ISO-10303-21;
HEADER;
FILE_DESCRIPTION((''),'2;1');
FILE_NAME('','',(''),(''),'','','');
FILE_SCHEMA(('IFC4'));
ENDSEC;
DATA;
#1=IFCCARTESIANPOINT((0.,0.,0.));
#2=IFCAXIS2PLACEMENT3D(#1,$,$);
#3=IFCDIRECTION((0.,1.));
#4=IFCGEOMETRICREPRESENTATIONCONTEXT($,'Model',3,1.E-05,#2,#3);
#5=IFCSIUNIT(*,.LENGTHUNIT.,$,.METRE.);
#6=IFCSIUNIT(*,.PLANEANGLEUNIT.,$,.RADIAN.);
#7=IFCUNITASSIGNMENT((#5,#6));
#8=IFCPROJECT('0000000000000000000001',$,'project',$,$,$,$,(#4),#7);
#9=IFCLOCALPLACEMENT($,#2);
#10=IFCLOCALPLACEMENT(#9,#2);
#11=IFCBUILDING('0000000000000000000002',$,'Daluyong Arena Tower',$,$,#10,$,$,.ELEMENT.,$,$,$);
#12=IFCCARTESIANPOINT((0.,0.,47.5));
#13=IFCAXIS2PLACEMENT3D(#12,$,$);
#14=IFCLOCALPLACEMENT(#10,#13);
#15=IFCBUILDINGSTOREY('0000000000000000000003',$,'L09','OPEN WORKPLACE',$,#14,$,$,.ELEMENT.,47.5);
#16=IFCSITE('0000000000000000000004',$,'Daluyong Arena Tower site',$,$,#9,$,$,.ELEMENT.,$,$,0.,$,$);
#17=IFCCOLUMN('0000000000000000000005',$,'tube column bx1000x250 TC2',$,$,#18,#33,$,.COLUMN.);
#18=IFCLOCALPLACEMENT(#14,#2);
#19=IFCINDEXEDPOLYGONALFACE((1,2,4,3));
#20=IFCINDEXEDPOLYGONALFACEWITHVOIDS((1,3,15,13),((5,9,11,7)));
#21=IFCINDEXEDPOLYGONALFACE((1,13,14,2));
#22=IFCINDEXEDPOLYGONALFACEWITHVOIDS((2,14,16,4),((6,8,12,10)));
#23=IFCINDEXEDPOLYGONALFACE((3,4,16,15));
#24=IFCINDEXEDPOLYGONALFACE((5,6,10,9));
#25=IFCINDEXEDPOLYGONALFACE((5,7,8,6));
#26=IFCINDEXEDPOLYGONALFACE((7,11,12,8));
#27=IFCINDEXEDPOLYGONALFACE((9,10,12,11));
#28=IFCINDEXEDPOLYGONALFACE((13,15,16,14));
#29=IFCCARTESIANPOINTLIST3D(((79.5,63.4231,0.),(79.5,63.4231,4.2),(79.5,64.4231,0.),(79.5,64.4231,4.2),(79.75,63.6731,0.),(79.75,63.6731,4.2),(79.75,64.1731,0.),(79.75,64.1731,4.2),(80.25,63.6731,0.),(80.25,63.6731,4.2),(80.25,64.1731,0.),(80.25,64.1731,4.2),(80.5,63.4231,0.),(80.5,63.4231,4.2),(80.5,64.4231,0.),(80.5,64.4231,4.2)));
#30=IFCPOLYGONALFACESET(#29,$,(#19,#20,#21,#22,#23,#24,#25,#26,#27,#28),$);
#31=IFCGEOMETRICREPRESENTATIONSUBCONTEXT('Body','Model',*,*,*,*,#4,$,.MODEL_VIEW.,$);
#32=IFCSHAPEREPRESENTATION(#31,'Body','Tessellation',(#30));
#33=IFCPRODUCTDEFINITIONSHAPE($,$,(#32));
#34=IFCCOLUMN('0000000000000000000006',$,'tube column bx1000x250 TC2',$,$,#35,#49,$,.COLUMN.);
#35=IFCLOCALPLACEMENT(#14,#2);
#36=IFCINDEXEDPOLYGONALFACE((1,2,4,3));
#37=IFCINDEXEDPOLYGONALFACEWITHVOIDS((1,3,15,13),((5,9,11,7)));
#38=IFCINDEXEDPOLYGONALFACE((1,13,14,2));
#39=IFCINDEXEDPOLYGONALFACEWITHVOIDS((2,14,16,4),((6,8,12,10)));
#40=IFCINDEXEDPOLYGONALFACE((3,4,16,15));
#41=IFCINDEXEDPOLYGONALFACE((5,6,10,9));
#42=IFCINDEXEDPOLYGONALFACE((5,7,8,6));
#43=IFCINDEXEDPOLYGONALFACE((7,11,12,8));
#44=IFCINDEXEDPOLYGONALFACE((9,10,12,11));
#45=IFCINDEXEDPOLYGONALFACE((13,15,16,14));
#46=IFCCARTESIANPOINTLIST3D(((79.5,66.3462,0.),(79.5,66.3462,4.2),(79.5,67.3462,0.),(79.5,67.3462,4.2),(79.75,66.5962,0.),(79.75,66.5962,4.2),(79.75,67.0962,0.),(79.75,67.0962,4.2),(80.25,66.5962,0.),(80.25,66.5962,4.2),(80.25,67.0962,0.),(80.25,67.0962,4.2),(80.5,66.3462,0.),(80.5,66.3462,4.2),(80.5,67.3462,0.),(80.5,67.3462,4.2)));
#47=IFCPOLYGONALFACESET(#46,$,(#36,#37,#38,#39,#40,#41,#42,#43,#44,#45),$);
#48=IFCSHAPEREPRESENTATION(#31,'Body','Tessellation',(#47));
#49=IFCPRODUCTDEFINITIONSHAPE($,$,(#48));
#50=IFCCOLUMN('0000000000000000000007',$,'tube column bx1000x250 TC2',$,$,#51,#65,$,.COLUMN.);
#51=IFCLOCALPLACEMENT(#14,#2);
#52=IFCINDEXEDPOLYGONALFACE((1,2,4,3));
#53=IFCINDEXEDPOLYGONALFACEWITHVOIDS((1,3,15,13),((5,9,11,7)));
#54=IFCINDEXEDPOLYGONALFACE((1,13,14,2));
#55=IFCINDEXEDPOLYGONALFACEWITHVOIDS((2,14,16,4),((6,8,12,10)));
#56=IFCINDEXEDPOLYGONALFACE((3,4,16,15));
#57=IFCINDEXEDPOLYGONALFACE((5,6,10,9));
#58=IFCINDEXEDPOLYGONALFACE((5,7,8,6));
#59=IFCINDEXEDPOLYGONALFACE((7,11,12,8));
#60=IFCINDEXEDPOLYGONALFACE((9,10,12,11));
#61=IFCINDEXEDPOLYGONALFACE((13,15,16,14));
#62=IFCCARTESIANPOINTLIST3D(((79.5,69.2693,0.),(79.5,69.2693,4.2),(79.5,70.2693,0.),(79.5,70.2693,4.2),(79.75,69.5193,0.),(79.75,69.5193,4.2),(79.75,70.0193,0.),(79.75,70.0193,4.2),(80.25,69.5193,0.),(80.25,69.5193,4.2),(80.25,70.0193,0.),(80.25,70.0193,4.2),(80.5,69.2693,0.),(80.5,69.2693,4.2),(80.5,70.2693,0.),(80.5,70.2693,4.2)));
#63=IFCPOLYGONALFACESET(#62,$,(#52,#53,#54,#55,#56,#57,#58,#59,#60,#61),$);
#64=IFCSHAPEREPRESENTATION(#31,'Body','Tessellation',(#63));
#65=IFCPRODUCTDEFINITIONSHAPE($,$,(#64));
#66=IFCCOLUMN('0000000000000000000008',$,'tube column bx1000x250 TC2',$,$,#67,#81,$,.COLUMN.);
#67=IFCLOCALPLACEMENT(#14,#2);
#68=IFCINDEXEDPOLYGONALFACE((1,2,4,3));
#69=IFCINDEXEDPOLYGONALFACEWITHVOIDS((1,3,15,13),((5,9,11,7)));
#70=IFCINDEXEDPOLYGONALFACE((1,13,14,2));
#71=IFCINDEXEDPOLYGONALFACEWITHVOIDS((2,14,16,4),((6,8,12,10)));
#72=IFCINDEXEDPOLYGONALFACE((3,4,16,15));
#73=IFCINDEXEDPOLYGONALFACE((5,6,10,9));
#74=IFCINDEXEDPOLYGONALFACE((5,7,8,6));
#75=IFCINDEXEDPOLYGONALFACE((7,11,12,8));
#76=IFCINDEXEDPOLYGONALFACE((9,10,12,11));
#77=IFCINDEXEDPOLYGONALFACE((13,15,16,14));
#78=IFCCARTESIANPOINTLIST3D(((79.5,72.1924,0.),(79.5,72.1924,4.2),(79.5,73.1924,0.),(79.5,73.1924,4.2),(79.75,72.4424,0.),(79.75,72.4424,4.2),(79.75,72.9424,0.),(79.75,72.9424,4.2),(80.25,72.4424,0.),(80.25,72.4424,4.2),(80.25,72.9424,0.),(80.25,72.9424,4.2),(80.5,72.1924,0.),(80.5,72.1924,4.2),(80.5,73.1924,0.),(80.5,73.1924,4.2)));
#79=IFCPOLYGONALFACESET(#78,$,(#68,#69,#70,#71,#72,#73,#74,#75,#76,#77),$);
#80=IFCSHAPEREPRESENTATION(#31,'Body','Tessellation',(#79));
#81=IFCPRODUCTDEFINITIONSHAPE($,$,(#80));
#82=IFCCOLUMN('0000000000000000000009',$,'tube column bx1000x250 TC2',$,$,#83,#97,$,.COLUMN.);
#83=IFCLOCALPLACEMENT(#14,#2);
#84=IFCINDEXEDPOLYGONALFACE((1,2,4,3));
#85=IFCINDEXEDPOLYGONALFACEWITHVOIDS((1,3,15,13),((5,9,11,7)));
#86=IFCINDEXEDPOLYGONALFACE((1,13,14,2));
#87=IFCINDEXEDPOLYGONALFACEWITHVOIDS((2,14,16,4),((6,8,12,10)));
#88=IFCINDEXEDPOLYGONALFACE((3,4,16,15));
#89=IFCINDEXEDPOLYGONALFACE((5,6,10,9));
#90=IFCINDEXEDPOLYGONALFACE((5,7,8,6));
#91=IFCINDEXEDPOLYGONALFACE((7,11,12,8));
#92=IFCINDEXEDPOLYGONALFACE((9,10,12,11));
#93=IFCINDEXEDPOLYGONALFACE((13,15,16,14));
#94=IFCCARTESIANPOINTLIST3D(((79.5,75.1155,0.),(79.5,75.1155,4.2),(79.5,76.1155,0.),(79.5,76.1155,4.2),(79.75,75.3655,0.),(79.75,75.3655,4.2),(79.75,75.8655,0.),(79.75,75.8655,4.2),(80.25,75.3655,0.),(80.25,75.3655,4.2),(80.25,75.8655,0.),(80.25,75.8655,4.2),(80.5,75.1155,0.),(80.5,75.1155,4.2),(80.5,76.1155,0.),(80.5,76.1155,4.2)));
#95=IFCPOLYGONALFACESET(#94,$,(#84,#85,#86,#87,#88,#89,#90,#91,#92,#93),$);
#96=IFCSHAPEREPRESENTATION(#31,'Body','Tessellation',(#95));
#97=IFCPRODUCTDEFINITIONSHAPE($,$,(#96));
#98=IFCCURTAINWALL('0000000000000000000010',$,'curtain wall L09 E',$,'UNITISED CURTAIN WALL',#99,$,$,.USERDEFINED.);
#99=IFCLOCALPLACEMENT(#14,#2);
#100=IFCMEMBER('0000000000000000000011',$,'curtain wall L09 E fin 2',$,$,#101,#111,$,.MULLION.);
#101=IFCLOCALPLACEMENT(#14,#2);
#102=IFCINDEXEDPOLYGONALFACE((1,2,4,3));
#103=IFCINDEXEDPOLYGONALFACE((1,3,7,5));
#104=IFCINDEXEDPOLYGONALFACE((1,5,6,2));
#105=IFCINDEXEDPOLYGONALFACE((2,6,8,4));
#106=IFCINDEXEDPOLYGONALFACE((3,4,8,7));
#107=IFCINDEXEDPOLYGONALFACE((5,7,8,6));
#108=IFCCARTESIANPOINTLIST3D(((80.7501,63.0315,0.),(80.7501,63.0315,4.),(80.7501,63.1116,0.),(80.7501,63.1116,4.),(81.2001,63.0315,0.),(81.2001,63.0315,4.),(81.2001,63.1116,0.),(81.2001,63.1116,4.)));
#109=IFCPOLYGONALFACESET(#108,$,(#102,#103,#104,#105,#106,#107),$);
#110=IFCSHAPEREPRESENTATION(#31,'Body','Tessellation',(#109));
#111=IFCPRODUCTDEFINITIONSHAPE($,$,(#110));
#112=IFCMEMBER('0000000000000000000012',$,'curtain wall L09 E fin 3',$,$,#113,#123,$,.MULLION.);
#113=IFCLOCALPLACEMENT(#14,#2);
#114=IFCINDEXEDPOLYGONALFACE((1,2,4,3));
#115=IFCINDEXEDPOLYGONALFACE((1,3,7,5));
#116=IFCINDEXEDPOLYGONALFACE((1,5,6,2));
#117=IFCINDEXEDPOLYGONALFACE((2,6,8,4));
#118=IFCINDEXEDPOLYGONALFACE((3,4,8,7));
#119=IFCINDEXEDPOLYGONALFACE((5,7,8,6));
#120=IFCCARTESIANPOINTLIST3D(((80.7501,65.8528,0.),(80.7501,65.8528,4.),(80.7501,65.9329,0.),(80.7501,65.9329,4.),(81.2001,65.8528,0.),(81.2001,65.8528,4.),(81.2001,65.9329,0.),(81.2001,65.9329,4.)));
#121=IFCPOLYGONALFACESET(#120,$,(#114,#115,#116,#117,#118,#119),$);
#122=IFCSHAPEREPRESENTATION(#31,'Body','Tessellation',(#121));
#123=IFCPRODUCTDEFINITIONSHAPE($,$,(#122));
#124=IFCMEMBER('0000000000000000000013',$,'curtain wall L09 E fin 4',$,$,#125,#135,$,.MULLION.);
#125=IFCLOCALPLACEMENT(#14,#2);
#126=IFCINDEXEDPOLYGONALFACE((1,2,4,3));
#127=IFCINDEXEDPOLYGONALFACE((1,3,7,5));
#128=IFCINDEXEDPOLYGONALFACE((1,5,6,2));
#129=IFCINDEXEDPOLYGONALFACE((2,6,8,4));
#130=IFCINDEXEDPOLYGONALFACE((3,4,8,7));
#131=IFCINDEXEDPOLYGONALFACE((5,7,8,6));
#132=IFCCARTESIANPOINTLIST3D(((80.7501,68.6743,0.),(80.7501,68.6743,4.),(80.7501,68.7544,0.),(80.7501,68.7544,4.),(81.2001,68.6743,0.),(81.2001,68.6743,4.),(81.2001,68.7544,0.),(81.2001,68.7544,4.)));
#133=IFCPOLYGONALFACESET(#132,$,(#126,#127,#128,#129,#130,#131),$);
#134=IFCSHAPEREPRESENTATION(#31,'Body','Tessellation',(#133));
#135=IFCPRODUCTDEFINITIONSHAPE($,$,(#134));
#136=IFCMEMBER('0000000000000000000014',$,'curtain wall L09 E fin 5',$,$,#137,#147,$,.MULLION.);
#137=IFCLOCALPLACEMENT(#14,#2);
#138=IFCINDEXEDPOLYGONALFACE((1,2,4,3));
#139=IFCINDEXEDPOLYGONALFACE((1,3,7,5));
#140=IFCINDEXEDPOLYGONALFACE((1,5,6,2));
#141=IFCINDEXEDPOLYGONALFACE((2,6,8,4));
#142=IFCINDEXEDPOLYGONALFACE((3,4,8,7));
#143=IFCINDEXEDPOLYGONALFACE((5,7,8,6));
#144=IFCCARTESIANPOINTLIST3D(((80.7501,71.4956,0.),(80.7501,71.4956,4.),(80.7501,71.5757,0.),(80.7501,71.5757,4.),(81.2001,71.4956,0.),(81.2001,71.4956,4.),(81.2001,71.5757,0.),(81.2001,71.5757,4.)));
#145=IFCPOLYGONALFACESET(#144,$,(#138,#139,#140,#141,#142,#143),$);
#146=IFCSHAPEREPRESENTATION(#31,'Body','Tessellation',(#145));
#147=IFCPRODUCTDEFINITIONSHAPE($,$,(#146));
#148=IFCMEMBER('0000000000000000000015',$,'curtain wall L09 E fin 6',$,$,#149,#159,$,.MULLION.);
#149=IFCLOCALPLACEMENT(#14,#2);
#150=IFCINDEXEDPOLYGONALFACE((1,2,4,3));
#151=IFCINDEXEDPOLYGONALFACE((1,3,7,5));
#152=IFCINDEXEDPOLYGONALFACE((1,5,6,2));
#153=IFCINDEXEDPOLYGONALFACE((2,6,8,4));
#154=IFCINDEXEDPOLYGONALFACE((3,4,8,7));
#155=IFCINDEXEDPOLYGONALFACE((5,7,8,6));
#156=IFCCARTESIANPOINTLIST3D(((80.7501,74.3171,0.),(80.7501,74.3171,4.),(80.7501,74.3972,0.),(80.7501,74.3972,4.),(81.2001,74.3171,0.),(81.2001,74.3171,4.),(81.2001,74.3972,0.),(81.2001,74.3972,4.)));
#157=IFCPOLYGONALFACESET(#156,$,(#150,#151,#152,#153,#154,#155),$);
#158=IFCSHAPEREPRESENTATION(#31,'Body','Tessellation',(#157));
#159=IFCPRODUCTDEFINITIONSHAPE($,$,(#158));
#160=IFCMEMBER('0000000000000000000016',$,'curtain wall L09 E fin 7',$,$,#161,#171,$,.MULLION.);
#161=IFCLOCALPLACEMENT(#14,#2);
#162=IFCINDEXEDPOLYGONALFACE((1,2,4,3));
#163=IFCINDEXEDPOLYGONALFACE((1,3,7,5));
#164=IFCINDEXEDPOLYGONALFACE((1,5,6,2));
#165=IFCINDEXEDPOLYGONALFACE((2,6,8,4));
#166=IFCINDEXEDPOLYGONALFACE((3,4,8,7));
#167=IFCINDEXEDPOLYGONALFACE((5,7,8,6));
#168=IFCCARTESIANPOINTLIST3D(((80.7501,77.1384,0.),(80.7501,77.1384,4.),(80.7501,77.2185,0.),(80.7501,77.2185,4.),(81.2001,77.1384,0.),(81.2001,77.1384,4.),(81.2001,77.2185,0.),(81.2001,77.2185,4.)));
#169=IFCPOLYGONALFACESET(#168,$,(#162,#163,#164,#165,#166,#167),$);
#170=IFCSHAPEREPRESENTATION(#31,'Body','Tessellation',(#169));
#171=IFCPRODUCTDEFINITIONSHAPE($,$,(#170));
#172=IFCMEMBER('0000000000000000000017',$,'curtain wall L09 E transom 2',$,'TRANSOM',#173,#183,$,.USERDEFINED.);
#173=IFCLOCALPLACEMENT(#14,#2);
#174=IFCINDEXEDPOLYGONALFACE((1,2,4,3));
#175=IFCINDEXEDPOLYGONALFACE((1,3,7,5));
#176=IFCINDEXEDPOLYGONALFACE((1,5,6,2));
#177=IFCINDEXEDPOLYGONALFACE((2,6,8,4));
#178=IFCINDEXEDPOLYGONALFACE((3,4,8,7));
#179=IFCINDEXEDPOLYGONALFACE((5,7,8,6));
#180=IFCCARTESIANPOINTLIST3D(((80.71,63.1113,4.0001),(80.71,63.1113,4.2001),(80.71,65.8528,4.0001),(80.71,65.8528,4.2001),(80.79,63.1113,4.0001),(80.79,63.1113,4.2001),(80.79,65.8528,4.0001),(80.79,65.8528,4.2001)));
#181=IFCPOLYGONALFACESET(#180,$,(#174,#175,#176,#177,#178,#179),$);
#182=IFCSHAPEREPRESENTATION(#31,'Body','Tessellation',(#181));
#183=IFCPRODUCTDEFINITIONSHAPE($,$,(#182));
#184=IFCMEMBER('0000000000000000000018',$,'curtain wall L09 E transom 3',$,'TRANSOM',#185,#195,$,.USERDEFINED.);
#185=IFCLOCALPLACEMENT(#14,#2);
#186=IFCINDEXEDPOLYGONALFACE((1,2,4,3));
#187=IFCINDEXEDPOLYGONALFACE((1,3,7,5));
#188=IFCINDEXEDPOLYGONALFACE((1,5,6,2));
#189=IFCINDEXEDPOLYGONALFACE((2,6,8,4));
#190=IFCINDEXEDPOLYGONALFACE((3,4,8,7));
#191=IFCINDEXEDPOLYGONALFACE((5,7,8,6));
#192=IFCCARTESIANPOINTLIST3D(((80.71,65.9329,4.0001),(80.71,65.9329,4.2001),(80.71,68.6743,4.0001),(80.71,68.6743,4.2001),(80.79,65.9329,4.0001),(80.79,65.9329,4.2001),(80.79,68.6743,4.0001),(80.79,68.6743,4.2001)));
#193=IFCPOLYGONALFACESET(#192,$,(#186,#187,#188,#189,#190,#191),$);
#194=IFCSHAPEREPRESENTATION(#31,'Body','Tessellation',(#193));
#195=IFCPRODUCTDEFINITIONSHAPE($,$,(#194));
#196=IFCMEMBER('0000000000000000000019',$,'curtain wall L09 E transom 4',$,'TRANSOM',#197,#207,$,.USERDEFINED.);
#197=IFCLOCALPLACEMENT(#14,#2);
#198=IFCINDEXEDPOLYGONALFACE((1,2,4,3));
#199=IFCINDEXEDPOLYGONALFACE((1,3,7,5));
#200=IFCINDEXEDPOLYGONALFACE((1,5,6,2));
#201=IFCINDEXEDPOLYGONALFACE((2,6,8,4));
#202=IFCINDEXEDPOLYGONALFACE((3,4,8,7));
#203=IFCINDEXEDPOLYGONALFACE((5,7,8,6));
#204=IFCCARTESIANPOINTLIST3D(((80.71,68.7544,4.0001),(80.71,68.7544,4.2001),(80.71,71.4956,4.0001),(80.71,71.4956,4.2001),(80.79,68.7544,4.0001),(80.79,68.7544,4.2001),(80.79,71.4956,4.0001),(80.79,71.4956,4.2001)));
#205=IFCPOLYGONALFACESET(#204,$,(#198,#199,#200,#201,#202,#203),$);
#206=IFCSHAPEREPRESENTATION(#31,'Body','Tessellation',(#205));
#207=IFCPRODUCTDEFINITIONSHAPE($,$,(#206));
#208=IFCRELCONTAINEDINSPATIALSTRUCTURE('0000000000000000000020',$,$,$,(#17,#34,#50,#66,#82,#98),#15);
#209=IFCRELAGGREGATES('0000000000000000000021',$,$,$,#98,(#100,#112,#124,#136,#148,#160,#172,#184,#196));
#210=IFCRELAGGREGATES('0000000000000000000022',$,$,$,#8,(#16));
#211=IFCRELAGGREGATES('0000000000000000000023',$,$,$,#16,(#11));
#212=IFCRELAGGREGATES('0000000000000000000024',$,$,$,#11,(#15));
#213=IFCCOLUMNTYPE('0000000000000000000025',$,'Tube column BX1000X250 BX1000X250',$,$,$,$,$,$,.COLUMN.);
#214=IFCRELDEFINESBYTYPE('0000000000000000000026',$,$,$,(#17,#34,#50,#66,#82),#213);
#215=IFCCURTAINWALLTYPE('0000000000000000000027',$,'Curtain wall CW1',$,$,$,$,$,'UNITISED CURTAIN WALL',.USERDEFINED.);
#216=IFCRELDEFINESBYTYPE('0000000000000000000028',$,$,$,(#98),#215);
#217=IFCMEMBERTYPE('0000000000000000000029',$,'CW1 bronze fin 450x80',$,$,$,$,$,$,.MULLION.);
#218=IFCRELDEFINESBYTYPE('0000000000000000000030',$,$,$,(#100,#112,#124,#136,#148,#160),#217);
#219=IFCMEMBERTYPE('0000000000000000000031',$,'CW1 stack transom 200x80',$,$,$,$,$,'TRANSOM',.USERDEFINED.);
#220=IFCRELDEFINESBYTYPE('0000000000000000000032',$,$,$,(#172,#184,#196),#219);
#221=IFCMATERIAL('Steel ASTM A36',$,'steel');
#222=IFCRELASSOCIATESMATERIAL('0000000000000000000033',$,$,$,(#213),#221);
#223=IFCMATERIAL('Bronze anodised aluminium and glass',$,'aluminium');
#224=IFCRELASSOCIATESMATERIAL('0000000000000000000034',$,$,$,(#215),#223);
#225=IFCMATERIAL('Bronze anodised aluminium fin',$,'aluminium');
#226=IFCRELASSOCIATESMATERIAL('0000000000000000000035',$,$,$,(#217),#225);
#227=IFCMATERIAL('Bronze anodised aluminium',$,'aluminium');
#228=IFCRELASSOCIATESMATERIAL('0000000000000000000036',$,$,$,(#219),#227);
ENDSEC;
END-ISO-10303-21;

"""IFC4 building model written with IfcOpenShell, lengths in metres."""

from ifc_helpers import new_model, si_unit, direction, frame, origin, origin_2d, place, context, subcontext, project, spatial, rectangle, hollow_rectangle, extrude, material, material_profile, profile_set, type_object, element, aggregate, save


model = new_model("IFC4")

# Units and contexts
model_context = context("Model", 3, precision=1e-05, world=origin(), true_north=direction((0.0, 1.0)))
body_context = subcontext(model_context, "Body", "Model", "MODEL_VIEW")
ifc_project = project(units=[si_unit("LENGTHUNIT", "METRE"), si_unit("PLANEANGLEUNIT", "RADIAN")], contexts=[model_context])

# Site, building, storey
site_placement = place(None, origin())
site = spatial("IfcSite", under=ifc_project, at=site_placement, Name="Daluyong Arena Tower site", CompositionType="ELEMENT", RefElevation=0.0)
building_placement = place(site_placement, origin())
building = spatial("IfcBuilding", under=site, at=building_placement, Name="Daluyong Arena Tower", CompositionType="ELEMENT")
storey_placement = place(building_placement, frame((0.0, 0.0, 47.5)))
storey = spatial("IfcBuildingStorey", under=building, at=storey_placement, Name="L09", Description="OPEN WORKPLACE", CompositionType="ELEMENT", Elevation=47.5)

# Columns
ifc_material_1 = material(Name="Steel ASTM A36", Category="steel")
ifc_material_profile_1 = material_profile(ifc_material_1, hollow_rectangle(XDim=1.0, YDim=1.0, WallThickness=0.25, at=origin_2d()))
ifc_profile_set_1 = profile_set([ifc_material_profile_1], Name="Steel ASTM A36")
column_type = type_object("IfcColumnType", Name="Tube column BX1000X250 BX1000X250", PredefinedType="COLUMN", material=ifc_profile_set_1)
for number, where, z_axis, x_axis, name in (
    (1, (80.0, 63.9231, 0.0), (0.0, 0.0, 1.0), (0.0, 1.0, 0.0), "tube column bx1000x250 TC2"),
    (2, (80.0, 66.8462, 0.0), (0.0, 0.0, 1.0), (0.0, 1.0, 0.0), "tube column bx1000x250 TC2"),
    (3, (80.0, 69.7693, 0.0), (0.0, 0.0, 1.0), (0.0, 1.0, 0.0), "tube column bx1000x250 TC2"),
    (4, (80.0, 72.6924, 0.0), (0.0, 0.0, 1.0), (0.0, 1.0, 0.0), "tube column bx1000x250 TC2"),
    (5, (80.0, 75.6155, 0.0), (0.0, 0.0, 1.0), (0.0, 1.0, 0.0), "tube column bx1000x250 TC2"),
):
    element("IfcColumn", number, at=place(storey_placement, frame(where, z_axis=z_axis, x_axis=x_axis)), inside=storey, type_object=column_type, Name=name, PredefinedType="COLUMN", context=body_context, shape_type="SweptSolid", body=[
        extrude(hollow_rectangle(XDim=1.0, YDim=1.0, WallThickness=0.25, at=origin_2d()), origin(), (0.0, 0.0, 1.0), 4.2),
    ])

# Curtain wall, members
ifc_material_2 = material(Name="Bronze anodised aluminium and glass", Category="aluminium")
curtain_wall_type = type_object("IfcCurtainWallType", Name="Curtain wall CW1", ElementType="UNITISED CURTAIN WALL", PredefinedType="USERDEFINED", material=ifc_material_2)
curtain_wall_placement = place(storey_placement, origin())
curtain_wall = element("IfcCurtainWall", 6, at=curtain_wall_placement, inside=storey, type_object=curtain_wall_type, Name="curtain wall L09 E", ObjectType="UNITISED CURTAIN WALL", PredefinedType="USERDEFINED")
ifc_material_3 = material(Name="Bronze anodised aluminium fin", Category="aluminium")
ifc_material_profile_2 = material_profile(ifc_material_3, rectangle(XDim=0.45, YDim=0.0801, at=origin_2d()))
ifc_profile_set_2 = profile_set([ifc_material_profile_2], Name="Bronze anodised aluminium fin")
member_type_1 = type_object("IfcMemberType", Name="CW1 bronze fin 450x80", PredefinedType="MULLION", material=ifc_profile_set_2)
member_1_placement = place(storey_placement, frame((80.9751, 63.0715, 0.0), z_axis=(0.0, 0.0, 1.0), x_axis=(-1.0, 0.0, 0.0)))
member_1 = element("IfcMember", 7, at=member_1_placement, type_object=member_type_1, Name="curtain wall L09 E fin 2", PredefinedType="MULLION", context=body_context, shape_type="SweptSolid", body=[
    extrude(rectangle(XDim=0.45, YDim=0.0801, at=origin_2d()), origin(), (0.0, 0.0, 1.0), 4.0),
])
member_2_placement = place(storey_placement, frame((80.9751, 65.8928, 0.0), z_axis=(0.0, 0.0, 1.0), x_axis=(-1.0, 0.0, 0.0)))
member_2 = element("IfcMember", 8, at=member_2_placement, type_object=member_type_1, Name="curtain wall L09 E fin 3", PredefinedType="MULLION", context=body_context, shape_type="SweptSolid", body=[
    extrude(rectangle(XDim=0.45, YDim=0.0801, at=origin_2d()), origin(), (0.0, 0.0, 1.0), 4.0),
])
member_3_placement = place(storey_placement, frame((80.9751, 68.7144, 0.0), z_axis=(0.0, 0.0, 1.0), x_axis=(-1.0, 0.0, 0.0)))
member_3 = element("IfcMember", 9, at=member_3_placement, type_object=member_type_1, Name="curtain wall L09 E fin 4", PredefinedType="MULLION", context=body_context, shape_type="SweptSolid", body=[
    extrude(rectangle(XDim=0.45, YDim=0.0801, at=origin_2d()), origin(), (0.0, 0.0, 1.0), 4.0),
])
member_4_placement = place(storey_placement, frame((80.9751, 71.5356, 0.0), z_axis=(0.0, 0.0, 1.0), x_axis=(-1.0, 0.0, 0.0)))
member_4 = element("IfcMember", 10, at=member_4_placement, type_object=member_type_1, Name="curtain wall L09 E fin 5", PredefinedType="MULLION", context=body_context, shape_type="SweptSolid", body=[
    extrude(rectangle(XDim=0.45, YDim=0.0801, at=origin_2d()), origin(), (0.0, 0.0, 1.0), 4.0),
])
member_5_placement = place(storey_placement, frame((80.9751, 74.3572, 0.0), z_axis=(0.0, 0.0, 1.0), x_axis=(-1.0, 0.0, 0.0)))
member_5 = element("IfcMember", 11, at=member_5_placement, type_object=member_type_1, Name="curtain wall L09 E fin 6", PredefinedType="MULLION", context=body_context, shape_type="SweptSolid", body=[
    extrude(rectangle(XDim=0.45, YDim=0.0801, at=origin_2d()), origin(), (0.0, 0.0, 1.0), 4.0),
])
member_6_placement = place(storey_placement, frame((80.9751, 77.1785, 0.0), z_axis=(0.0, 0.0, 1.0), x_axis=(-1.0, 0.0, 0.0)))
member_6 = element("IfcMember", 12, at=member_6_placement, type_object=member_type_1, Name="curtain wall L09 E fin 7", PredefinedType="MULLION", context=body_context, shape_type="SweptSolid", body=[
    extrude(rectangle(XDim=0.45, YDim=0.0801, at=origin_2d()), origin(), (0.0, 0.0, 1.0), 4.0),
])
ifc_material_4 = material(Name="Bronze anodised aluminium", Category="aluminium")
ifc_material_profile_3 = material_profile(ifc_material_4, rectangle(XDim=0.0801, YDim=0.2, at=origin_2d()))
ifc_profile_set_3 = profile_set([ifc_material_profile_3], Name="Bronze anodised aluminium")
member_type_2 = type_object("IfcMemberType", Name="CW1 stack transom 200x80", ElementType="TRANSOM", PredefinedType="USERDEFINED", material=ifc_profile_set_3)
member_7_placement = place(storey_placement, frame((80.75, 63.1113, 4.1001), z_axis=(0.0, 1.0, 0.0), x_axis=(-1.0, 0.0, 0.0)))
member_7 = element("IfcMember", 13, at=member_7_placement, type_object=member_type_2, Name="curtain wall L09 E transom 2", ObjectType="TRANSOM", PredefinedType="USERDEFINED", context=body_context, shape_type="SweptSolid", body=[
    extrude(rectangle(XDim=0.0801, YDim=0.2, at=origin_2d()), origin(), (0.0, 0.0, 1.0), 2.7415),
])
member_8_placement = place(storey_placement, frame((80.75, 65.9329, 4.1001), z_axis=(0.0, 1.0, 0.0), x_axis=(-1.0, 0.0, 0.0)))
member_8 = element("IfcMember", 14, at=member_8_placement, type_object=member_type_2, Name="curtain wall L09 E transom 3", ObjectType="TRANSOM", PredefinedType="USERDEFINED", context=body_context, shape_type="SweptSolid", body=[
    extrude(rectangle(XDim=0.0801, YDim=0.2, at=origin_2d()), origin(), (0.0, 0.0, 1.0), 2.7415),
])
member_9_placement = place(storey_placement, frame((80.75, 68.7544, 4.1001), z_axis=(0.0, 1.0, 0.0), x_axis=(-1.0, 0.0, 0.0)))
member_9 = element("IfcMember", 15, at=member_9_placement, type_object=member_type_2, Name="curtain wall L09 E transom 4", ObjectType="TRANSOM", PredefinedType="USERDEFINED", context=body_context, shape_type="SweptSolid", body=[
    extrude(rectangle(XDim=0.0801, YDim=0.2, at=origin_2d()), origin(), (0.0, 0.0, 1.0), 2.7412),
])

aggregate(curtain_wall, [member_1, member_2, member_3, member_4, member_5, member_6, member_7, member_8, member_9])

save(model, "model.ifc")
